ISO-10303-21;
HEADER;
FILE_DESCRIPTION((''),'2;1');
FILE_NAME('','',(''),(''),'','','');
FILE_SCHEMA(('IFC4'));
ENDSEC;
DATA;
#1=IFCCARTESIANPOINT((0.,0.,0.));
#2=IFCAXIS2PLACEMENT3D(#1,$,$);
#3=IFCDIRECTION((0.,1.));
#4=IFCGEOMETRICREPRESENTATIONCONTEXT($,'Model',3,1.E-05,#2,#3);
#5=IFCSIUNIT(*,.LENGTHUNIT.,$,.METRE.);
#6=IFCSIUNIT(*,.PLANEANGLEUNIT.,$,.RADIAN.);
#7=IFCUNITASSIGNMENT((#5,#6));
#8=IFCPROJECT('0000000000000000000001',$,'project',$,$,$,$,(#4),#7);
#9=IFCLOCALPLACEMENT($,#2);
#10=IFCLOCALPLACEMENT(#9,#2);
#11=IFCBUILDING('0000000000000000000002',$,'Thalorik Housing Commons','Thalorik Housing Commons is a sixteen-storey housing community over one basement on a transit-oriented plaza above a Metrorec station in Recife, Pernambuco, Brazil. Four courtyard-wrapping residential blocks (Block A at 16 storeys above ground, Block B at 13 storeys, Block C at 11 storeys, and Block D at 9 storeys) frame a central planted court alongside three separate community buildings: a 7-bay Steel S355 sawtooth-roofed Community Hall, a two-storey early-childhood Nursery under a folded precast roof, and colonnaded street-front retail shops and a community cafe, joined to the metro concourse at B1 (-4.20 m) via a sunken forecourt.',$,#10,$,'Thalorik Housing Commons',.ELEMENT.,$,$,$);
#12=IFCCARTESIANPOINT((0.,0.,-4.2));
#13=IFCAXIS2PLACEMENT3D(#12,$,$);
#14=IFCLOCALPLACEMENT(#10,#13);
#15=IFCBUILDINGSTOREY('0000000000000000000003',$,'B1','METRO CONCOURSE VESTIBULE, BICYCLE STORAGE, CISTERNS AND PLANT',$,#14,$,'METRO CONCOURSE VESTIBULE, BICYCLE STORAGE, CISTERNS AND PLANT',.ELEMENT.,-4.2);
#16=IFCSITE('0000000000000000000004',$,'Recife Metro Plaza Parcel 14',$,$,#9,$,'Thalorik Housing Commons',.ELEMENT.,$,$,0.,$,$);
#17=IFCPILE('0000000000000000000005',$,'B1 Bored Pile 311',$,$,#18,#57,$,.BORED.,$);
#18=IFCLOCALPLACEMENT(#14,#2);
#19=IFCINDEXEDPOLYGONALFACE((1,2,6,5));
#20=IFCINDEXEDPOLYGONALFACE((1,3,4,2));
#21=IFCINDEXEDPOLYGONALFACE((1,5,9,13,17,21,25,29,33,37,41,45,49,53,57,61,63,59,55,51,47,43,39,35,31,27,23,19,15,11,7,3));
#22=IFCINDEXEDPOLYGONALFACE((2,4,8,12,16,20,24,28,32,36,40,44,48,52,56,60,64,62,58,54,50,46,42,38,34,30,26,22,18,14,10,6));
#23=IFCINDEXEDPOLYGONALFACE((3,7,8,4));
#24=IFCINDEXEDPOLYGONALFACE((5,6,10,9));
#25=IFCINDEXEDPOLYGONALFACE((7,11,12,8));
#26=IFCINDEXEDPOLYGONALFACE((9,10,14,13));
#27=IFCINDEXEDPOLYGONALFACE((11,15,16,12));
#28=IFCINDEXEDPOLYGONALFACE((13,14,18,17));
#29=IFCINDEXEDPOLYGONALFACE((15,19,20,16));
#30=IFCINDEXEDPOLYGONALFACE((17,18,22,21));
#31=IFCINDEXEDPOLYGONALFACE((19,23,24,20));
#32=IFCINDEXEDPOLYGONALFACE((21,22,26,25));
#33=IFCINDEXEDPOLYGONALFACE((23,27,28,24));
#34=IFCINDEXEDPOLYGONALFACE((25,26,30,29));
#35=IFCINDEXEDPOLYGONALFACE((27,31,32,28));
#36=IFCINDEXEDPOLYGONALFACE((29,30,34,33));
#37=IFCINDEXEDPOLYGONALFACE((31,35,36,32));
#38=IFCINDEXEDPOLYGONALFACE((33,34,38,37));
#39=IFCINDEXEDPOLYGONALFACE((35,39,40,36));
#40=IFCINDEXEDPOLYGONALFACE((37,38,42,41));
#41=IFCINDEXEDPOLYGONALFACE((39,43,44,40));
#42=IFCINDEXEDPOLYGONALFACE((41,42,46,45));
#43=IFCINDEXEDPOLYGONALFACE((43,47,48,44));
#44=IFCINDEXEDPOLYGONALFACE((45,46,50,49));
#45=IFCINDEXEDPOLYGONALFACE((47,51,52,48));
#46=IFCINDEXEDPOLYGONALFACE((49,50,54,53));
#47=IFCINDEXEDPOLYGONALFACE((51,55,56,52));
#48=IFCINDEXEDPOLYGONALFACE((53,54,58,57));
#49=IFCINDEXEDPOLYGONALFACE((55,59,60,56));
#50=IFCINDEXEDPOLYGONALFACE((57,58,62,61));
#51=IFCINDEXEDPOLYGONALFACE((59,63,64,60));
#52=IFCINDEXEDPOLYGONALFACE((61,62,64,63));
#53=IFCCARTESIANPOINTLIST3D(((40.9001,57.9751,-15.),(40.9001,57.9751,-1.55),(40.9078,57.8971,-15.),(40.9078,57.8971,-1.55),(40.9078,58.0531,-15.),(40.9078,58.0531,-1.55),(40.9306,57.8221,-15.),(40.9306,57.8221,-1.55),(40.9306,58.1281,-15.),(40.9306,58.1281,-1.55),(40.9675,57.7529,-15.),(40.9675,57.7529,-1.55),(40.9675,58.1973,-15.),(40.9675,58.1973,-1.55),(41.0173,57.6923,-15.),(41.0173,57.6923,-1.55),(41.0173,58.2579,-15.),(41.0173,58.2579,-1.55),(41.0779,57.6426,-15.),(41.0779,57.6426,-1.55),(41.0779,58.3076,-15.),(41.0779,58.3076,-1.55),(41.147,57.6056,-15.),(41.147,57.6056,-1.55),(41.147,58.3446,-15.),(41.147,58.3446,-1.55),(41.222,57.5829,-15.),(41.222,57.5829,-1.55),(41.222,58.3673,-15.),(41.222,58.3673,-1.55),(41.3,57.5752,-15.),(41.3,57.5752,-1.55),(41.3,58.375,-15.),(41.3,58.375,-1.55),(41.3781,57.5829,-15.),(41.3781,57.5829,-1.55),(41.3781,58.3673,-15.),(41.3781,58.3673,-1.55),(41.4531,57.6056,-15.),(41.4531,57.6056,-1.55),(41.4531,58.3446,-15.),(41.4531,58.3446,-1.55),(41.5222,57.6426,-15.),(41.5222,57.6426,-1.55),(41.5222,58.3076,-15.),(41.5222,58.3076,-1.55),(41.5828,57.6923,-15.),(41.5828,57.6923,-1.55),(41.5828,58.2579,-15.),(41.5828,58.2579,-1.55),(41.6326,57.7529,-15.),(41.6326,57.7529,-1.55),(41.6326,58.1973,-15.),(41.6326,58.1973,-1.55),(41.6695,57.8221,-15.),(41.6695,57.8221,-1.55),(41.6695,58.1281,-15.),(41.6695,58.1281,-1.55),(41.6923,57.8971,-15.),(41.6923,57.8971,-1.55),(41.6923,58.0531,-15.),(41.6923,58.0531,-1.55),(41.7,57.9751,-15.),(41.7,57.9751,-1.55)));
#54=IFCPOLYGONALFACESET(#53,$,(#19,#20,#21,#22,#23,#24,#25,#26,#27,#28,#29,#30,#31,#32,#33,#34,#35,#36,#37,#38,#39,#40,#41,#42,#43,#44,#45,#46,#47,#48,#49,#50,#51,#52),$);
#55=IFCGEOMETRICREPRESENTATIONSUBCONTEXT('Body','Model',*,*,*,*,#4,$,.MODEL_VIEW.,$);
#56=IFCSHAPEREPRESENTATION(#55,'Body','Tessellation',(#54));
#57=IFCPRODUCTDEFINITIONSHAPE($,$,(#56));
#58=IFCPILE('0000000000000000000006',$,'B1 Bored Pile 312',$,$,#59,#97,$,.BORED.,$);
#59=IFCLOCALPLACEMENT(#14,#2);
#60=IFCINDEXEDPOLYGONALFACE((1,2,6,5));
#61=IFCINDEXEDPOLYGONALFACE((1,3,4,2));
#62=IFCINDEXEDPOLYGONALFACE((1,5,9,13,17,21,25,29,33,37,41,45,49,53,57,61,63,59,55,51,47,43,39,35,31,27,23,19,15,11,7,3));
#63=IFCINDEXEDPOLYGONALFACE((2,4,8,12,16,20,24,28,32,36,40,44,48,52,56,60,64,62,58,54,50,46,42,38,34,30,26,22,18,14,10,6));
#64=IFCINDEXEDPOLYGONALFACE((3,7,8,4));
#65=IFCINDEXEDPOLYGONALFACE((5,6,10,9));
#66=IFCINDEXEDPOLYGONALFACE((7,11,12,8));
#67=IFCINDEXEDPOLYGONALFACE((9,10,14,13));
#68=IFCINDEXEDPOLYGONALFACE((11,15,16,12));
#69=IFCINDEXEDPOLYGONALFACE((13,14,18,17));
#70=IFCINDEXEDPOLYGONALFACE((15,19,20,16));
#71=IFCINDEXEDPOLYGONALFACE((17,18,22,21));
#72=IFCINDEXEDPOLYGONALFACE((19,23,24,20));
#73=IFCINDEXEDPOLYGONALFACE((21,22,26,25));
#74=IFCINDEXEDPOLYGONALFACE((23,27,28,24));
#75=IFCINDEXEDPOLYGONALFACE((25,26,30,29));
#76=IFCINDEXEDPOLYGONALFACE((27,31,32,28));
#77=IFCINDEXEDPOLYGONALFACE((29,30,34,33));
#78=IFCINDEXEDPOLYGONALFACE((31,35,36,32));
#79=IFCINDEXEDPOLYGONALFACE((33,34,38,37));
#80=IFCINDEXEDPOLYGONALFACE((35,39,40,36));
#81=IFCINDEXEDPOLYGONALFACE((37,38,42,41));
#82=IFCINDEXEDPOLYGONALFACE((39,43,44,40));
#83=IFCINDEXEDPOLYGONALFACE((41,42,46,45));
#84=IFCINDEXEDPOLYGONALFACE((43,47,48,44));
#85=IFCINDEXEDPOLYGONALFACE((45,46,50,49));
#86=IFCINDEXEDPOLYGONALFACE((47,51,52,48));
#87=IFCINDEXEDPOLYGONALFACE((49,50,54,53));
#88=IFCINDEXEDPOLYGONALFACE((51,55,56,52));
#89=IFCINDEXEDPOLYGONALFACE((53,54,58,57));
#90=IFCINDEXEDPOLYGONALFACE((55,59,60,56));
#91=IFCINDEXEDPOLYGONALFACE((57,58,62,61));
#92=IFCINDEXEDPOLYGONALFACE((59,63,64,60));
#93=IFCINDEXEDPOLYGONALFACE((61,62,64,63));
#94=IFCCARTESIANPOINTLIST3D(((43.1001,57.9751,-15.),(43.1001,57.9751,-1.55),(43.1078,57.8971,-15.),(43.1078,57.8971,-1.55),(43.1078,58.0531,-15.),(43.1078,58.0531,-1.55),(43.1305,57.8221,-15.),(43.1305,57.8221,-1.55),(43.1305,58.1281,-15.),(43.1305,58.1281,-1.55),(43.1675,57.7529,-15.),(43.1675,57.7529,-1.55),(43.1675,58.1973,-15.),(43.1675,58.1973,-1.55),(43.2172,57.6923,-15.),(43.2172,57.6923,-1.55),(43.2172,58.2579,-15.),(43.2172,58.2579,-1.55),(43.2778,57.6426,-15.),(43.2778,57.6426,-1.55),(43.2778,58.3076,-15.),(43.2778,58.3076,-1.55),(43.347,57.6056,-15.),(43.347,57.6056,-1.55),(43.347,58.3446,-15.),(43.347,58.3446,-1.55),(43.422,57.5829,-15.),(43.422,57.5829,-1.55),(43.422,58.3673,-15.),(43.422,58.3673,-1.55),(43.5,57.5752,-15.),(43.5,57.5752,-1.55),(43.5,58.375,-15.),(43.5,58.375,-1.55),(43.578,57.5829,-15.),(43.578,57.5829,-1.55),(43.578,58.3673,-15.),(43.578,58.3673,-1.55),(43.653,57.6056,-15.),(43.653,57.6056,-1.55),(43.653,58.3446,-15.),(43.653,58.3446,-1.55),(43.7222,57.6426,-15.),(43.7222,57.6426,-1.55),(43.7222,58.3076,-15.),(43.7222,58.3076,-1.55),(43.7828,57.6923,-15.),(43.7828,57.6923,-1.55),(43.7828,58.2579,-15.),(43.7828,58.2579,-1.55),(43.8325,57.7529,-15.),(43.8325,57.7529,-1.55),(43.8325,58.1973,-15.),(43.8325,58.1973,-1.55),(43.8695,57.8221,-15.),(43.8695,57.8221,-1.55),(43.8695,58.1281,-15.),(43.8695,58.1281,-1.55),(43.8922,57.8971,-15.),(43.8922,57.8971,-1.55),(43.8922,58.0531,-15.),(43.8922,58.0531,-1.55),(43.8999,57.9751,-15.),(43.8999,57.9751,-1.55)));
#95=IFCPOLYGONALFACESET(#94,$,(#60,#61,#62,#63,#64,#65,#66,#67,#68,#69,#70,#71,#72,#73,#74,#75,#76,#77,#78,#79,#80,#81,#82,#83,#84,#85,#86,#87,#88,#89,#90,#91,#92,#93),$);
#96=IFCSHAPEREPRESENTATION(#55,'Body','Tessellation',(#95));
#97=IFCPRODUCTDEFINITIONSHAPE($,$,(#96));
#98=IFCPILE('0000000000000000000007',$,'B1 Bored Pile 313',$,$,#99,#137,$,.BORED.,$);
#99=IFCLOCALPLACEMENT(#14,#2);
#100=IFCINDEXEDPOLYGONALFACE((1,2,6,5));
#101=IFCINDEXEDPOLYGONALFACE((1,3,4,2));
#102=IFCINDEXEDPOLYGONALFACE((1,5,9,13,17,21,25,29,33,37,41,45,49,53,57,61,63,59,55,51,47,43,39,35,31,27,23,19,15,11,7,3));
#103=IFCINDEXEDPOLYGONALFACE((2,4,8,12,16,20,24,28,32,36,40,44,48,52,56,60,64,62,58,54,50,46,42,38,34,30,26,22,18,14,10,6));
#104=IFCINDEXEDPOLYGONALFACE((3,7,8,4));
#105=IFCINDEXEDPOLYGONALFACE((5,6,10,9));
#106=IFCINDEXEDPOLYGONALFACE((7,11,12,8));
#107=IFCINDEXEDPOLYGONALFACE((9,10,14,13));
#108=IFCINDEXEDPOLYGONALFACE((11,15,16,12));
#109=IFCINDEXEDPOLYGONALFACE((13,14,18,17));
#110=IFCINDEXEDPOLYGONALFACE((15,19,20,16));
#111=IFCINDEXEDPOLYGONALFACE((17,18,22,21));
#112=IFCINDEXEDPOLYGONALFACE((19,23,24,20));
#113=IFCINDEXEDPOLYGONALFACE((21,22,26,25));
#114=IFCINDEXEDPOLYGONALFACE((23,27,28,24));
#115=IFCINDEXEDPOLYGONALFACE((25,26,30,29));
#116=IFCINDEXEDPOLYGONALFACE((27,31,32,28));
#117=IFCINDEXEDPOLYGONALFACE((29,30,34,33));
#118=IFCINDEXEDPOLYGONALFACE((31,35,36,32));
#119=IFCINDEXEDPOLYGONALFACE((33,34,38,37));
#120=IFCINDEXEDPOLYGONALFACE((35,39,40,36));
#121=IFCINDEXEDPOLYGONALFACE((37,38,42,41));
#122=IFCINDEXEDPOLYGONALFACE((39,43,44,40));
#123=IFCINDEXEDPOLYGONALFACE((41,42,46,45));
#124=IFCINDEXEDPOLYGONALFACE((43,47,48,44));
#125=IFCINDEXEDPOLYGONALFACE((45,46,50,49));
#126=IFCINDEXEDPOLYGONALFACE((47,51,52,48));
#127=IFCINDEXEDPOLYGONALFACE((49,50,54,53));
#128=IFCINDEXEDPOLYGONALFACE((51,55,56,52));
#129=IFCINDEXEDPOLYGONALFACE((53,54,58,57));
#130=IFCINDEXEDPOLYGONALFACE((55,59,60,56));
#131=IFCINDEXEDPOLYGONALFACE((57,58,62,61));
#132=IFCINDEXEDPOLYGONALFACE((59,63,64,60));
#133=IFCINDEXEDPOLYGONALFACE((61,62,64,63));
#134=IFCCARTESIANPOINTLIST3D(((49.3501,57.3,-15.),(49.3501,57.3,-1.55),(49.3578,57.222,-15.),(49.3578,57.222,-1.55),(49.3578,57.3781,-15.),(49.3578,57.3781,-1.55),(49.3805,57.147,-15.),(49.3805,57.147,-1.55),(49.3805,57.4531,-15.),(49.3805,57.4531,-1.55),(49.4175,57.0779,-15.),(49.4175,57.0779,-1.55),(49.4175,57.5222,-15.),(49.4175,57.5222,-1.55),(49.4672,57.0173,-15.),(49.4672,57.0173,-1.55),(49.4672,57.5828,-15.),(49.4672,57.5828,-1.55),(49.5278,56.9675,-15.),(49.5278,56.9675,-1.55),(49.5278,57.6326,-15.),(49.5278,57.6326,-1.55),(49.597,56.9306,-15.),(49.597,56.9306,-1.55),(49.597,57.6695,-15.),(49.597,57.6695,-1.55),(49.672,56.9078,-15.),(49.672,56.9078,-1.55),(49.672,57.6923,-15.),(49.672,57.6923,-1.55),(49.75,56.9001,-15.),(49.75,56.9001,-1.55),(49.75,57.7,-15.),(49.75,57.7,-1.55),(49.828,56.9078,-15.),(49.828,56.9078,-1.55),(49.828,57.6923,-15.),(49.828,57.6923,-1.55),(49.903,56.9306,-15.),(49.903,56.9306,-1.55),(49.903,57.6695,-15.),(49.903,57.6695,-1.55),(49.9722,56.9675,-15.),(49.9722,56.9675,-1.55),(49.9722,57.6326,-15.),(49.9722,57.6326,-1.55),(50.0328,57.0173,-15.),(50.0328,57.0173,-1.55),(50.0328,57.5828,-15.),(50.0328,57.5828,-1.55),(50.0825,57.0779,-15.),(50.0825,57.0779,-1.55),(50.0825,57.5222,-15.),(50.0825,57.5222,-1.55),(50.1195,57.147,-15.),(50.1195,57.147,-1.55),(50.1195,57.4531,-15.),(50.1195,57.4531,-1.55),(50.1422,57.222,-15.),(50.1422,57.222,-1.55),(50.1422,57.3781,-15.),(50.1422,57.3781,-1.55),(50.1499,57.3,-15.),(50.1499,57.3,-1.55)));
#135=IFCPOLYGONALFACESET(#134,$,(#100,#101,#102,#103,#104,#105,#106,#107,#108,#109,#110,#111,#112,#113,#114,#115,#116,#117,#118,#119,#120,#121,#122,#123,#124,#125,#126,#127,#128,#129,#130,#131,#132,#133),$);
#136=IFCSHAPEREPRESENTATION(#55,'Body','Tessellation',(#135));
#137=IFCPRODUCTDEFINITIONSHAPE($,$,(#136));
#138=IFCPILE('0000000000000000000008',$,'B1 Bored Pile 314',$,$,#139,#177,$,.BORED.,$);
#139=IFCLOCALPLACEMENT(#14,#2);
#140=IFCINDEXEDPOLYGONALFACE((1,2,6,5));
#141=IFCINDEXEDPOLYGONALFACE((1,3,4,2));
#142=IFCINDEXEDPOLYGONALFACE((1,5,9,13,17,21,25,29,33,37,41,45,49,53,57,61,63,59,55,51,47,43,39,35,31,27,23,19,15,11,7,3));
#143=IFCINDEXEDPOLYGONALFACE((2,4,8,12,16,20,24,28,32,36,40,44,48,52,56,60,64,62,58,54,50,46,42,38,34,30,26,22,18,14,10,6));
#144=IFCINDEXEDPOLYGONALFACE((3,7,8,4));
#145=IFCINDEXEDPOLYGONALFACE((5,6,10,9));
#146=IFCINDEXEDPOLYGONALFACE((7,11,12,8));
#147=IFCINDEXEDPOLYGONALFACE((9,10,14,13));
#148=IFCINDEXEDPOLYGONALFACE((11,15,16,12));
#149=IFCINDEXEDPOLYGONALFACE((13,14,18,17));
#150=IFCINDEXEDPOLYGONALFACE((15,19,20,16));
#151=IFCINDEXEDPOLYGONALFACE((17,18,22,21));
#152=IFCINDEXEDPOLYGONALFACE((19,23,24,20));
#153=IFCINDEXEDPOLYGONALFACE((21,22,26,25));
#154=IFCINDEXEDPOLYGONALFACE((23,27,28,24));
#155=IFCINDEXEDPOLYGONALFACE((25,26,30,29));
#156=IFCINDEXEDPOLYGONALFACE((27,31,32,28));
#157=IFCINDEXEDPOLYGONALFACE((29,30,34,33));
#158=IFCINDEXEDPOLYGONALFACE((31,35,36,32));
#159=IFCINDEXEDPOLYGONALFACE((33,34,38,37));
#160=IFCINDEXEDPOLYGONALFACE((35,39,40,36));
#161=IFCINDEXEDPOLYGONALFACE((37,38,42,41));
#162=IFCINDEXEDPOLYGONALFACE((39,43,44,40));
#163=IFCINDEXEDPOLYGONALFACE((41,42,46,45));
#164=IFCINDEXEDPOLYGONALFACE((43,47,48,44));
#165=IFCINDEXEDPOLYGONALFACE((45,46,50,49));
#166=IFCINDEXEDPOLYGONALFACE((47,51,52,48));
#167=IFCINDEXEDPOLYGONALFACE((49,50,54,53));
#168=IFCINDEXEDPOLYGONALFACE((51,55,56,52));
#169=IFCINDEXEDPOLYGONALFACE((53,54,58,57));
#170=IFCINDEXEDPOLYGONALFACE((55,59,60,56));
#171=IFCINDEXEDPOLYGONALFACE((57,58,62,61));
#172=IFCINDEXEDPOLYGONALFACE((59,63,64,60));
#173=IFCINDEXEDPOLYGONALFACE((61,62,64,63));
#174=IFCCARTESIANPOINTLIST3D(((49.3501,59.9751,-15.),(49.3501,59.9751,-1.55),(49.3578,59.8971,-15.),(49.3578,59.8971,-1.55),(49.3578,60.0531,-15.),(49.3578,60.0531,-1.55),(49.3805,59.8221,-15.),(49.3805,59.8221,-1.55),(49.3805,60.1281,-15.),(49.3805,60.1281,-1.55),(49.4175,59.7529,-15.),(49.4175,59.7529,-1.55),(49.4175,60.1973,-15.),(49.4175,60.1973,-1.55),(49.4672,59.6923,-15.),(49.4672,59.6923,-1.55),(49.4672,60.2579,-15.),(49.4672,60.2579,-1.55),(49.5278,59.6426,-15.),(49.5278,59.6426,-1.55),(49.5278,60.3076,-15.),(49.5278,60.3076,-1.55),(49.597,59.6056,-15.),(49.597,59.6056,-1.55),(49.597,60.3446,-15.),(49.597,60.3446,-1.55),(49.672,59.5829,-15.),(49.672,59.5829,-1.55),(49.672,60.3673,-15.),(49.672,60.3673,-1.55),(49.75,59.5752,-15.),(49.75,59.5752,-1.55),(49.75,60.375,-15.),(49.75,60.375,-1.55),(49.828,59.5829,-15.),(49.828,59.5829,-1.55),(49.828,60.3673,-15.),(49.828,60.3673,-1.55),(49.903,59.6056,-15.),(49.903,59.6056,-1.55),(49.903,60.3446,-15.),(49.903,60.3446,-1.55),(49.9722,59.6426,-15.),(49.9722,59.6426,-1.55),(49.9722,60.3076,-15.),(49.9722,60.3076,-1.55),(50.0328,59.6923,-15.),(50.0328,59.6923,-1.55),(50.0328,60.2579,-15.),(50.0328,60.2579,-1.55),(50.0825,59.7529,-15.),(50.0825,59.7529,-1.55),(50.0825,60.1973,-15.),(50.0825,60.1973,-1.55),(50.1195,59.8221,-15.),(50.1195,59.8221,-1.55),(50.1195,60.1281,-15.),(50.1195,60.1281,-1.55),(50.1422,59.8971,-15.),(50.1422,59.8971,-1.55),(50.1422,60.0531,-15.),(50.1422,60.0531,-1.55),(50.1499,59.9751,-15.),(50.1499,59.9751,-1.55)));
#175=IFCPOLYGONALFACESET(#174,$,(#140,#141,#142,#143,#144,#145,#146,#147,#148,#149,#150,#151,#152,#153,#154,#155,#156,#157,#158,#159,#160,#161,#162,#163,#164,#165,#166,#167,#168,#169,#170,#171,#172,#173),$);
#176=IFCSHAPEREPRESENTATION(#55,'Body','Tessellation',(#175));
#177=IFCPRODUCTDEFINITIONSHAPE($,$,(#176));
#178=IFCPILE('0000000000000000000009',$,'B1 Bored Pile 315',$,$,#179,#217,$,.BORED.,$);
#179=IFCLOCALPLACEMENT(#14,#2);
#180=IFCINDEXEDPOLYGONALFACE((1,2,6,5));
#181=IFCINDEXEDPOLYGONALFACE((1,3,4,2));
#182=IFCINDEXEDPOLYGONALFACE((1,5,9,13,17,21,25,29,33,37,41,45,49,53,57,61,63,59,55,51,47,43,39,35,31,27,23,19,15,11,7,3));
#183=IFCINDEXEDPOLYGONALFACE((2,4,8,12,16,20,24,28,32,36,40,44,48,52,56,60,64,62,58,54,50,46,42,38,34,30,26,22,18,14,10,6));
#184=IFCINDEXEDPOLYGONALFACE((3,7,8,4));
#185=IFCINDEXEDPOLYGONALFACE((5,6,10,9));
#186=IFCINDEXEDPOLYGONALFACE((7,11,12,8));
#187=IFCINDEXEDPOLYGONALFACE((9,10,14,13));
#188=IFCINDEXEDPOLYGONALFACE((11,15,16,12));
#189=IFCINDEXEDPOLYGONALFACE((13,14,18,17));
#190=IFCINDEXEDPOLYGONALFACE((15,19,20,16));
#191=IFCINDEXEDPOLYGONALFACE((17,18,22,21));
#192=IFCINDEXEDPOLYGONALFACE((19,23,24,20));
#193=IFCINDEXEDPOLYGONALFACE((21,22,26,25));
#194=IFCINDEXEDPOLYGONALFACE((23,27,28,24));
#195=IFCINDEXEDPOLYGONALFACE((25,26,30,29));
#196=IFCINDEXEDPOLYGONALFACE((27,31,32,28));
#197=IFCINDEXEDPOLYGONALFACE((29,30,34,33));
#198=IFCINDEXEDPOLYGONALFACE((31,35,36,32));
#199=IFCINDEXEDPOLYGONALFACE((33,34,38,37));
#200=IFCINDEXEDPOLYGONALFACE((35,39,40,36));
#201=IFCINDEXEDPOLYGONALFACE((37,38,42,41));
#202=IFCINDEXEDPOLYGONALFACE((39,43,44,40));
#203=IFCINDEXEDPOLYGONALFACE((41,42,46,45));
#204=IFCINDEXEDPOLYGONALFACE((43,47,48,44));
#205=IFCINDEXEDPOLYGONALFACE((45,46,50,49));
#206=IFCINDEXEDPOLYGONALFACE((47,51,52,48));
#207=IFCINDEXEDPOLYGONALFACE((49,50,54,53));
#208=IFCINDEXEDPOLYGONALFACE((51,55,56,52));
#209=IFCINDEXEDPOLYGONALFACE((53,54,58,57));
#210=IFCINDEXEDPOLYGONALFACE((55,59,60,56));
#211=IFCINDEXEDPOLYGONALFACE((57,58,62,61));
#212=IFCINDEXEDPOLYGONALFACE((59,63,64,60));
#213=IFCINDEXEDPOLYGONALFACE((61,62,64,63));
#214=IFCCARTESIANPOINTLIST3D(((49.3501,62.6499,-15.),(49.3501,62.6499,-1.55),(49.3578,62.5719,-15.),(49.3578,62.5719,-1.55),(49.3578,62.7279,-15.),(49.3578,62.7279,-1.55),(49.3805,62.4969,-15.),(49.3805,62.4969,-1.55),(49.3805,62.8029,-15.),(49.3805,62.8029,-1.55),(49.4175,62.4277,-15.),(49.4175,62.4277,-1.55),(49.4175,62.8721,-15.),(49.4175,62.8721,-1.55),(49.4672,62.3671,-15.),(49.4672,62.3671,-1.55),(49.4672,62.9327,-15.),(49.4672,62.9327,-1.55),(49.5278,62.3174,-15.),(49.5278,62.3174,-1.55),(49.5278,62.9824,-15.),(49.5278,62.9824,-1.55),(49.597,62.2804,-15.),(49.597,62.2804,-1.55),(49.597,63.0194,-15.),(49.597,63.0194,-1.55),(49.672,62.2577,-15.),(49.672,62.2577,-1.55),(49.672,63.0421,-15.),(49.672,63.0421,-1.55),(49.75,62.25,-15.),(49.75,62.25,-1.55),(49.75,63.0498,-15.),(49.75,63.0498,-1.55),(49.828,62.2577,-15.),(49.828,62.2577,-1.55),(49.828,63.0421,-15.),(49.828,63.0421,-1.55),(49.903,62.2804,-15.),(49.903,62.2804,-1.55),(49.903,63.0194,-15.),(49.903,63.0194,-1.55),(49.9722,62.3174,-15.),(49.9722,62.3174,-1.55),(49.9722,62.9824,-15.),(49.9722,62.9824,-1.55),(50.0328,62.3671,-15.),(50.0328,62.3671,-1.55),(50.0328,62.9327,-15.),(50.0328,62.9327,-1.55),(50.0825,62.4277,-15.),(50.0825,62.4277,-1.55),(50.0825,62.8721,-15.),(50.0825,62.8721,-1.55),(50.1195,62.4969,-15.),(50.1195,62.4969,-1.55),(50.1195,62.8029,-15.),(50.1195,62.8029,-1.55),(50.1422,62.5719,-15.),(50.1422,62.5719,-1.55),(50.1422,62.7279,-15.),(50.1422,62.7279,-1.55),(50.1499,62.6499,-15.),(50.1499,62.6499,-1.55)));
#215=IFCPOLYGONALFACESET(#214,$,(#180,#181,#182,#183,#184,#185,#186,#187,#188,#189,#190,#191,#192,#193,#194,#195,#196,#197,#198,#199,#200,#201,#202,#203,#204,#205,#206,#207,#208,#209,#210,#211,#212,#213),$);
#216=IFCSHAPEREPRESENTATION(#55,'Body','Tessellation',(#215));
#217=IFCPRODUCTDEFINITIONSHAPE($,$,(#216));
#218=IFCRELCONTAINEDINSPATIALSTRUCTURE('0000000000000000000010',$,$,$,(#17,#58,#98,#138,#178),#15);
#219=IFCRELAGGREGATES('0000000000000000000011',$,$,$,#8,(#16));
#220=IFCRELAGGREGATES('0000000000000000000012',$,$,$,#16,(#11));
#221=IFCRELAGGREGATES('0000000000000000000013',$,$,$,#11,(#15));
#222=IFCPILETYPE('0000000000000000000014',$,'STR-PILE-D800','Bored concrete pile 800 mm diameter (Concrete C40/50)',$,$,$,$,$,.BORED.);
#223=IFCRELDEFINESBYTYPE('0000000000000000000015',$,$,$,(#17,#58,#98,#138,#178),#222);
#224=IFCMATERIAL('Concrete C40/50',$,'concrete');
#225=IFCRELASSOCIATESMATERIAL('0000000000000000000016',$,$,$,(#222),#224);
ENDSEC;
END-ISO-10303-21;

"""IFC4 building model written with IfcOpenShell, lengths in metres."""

from ifc_helpers import new_model, si_unit, direction, frame, origin, origin_2d, place, context, subcontext, project, spatial, circle, extrude, material, material_profile, profile_set, type_object, element, save


model = new_model("IFC4")

# Units and contexts
model_context = context("Model", 3, precision=1e-05, world=origin(), true_north=direction((0.0, 1.0)))
body_context = subcontext(model_context, "Body", "Model", "MODEL_VIEW")
ifc_project = project(units=[si_unit("LENGTHUNIT", "METRE"), si_unit("PLANEANGLEUNIT", "RADIAN")], contexts=[model_context])

# Site, building, storey
site_placement = place(None, origin())
site = spatial("IfcSite", under=ifc_project, at=site_placement, Name="Recife Metro Plaza Parcel 14", LongName="Thalorik Housing Commons", CompositionType="ELEMENT", RefElevation=0.0)
building_placement = place(site_placement, origin())
building = spatial("IfcBuilding", under=site, at=building_placement, Name="Thalorik Housing Commons", Description="Thalorik Housing Commons is a sixteen-storey housing community over one basement on a transit-oriented plaza above a Metrorec station in Recife, Pernambuco, Brazil. Four courtyard-wrapping residential blocks (Block A at 16 storeys above ground, Block B at 13 storeys, Block C at 11 storeys, and Block D at 9 storeys) frame a central planted court alongside three separate community buildings: a 7-bay Steel S355 sawtooth-roofed Community Hall, a two-storey early-childhood Nursery under a folded precast roof, and colonnaded street-front retail shops and a community cafe, joined to the metro concourse at B1 (-4.20 m) via a sunken forecourt.", LongName="Thalorik Housing Commons", CompositionType="ELEMENT")
storey_placement = place(building_placement, frame((0.0, 0.0, -4.2)))
storey = spatial("IfcBuildingStorey", under=building, at=storey_placement, Name="B1", Description="METRO CONCOURSE VESTIBULE, BICYCLE STORAGE, CISTERNS AND PLANT", LongName="METRO CONCOURSE VESTIBULE, BICYCLE STORAGE, CISTERNS AND PLANT", CompositionType="ELEMENT", Elevation=-4.2)

# Shared definitions
ifc_material_1 = material(Name="Concrete C40/50", Category="concrete")

# Piles
ifc_material_profile_1 = material_profile(ifc_material_1, circle(Radius=0.3999, at=origin_2d()), Name="BORED PILE D800", Category="concrete")
ifc_profile_set_1 = profile_set([ifc_material_profile_1], Name="Concrete C40/50")
pile_type_1 = type_object("IfcPileType", Name="STR-PILE-D800", Description="Bored concrete pile 800 mm diameter (Concrete C40/50)", PredefinedType="BORED", material=ifc_profile_set_1)
for number, where, z_axis, x_axis, name in (
    (1, (41.3, 57.9751, -1.55), (0.0, 0.0, -1.0), (1.0, 0.0, 0.0), "B1 Bored Pile 311"),
    (2, (43.5, 57.9751, -1.55), (0.0, 0.0, -1.0), (1.0, 0.0, 0.0), "B1 Bored Pile 312"),
    (3, (49.75, 57.3, -1.55), (0.0, 0.0, -1.0), (1.0, 0.0, 0.0), "B1 Bored Pile 313"),
    (4, (49.75, 59.9751, -1.55), (0.0, 0.0, -1.0), (1.0, 0.0, 0.0), "B1 Bored Pile 314"),
    (5, (49.75, 62.6499, -1.55), (0.0, 0.0, -1.0), (1.0, 0.0, 0.0), "B1 Bored Pile 315"),
):
    element("IfcPile", number, at=place(storey_placement, frame(where, z_axis=z_axis, x_axis=x_axis)), inside=storey, type_object=pile_type_1, Name=name, PredefinedType="BORED", context=body_context, shape_type="SweptSolid", body=[
        extrude(circle(Radius=0.3999, at=origin_2d()), origin(), (0.0, 0.0, 1.0), 13.45),
    ])

save(model, "model.ifc")
